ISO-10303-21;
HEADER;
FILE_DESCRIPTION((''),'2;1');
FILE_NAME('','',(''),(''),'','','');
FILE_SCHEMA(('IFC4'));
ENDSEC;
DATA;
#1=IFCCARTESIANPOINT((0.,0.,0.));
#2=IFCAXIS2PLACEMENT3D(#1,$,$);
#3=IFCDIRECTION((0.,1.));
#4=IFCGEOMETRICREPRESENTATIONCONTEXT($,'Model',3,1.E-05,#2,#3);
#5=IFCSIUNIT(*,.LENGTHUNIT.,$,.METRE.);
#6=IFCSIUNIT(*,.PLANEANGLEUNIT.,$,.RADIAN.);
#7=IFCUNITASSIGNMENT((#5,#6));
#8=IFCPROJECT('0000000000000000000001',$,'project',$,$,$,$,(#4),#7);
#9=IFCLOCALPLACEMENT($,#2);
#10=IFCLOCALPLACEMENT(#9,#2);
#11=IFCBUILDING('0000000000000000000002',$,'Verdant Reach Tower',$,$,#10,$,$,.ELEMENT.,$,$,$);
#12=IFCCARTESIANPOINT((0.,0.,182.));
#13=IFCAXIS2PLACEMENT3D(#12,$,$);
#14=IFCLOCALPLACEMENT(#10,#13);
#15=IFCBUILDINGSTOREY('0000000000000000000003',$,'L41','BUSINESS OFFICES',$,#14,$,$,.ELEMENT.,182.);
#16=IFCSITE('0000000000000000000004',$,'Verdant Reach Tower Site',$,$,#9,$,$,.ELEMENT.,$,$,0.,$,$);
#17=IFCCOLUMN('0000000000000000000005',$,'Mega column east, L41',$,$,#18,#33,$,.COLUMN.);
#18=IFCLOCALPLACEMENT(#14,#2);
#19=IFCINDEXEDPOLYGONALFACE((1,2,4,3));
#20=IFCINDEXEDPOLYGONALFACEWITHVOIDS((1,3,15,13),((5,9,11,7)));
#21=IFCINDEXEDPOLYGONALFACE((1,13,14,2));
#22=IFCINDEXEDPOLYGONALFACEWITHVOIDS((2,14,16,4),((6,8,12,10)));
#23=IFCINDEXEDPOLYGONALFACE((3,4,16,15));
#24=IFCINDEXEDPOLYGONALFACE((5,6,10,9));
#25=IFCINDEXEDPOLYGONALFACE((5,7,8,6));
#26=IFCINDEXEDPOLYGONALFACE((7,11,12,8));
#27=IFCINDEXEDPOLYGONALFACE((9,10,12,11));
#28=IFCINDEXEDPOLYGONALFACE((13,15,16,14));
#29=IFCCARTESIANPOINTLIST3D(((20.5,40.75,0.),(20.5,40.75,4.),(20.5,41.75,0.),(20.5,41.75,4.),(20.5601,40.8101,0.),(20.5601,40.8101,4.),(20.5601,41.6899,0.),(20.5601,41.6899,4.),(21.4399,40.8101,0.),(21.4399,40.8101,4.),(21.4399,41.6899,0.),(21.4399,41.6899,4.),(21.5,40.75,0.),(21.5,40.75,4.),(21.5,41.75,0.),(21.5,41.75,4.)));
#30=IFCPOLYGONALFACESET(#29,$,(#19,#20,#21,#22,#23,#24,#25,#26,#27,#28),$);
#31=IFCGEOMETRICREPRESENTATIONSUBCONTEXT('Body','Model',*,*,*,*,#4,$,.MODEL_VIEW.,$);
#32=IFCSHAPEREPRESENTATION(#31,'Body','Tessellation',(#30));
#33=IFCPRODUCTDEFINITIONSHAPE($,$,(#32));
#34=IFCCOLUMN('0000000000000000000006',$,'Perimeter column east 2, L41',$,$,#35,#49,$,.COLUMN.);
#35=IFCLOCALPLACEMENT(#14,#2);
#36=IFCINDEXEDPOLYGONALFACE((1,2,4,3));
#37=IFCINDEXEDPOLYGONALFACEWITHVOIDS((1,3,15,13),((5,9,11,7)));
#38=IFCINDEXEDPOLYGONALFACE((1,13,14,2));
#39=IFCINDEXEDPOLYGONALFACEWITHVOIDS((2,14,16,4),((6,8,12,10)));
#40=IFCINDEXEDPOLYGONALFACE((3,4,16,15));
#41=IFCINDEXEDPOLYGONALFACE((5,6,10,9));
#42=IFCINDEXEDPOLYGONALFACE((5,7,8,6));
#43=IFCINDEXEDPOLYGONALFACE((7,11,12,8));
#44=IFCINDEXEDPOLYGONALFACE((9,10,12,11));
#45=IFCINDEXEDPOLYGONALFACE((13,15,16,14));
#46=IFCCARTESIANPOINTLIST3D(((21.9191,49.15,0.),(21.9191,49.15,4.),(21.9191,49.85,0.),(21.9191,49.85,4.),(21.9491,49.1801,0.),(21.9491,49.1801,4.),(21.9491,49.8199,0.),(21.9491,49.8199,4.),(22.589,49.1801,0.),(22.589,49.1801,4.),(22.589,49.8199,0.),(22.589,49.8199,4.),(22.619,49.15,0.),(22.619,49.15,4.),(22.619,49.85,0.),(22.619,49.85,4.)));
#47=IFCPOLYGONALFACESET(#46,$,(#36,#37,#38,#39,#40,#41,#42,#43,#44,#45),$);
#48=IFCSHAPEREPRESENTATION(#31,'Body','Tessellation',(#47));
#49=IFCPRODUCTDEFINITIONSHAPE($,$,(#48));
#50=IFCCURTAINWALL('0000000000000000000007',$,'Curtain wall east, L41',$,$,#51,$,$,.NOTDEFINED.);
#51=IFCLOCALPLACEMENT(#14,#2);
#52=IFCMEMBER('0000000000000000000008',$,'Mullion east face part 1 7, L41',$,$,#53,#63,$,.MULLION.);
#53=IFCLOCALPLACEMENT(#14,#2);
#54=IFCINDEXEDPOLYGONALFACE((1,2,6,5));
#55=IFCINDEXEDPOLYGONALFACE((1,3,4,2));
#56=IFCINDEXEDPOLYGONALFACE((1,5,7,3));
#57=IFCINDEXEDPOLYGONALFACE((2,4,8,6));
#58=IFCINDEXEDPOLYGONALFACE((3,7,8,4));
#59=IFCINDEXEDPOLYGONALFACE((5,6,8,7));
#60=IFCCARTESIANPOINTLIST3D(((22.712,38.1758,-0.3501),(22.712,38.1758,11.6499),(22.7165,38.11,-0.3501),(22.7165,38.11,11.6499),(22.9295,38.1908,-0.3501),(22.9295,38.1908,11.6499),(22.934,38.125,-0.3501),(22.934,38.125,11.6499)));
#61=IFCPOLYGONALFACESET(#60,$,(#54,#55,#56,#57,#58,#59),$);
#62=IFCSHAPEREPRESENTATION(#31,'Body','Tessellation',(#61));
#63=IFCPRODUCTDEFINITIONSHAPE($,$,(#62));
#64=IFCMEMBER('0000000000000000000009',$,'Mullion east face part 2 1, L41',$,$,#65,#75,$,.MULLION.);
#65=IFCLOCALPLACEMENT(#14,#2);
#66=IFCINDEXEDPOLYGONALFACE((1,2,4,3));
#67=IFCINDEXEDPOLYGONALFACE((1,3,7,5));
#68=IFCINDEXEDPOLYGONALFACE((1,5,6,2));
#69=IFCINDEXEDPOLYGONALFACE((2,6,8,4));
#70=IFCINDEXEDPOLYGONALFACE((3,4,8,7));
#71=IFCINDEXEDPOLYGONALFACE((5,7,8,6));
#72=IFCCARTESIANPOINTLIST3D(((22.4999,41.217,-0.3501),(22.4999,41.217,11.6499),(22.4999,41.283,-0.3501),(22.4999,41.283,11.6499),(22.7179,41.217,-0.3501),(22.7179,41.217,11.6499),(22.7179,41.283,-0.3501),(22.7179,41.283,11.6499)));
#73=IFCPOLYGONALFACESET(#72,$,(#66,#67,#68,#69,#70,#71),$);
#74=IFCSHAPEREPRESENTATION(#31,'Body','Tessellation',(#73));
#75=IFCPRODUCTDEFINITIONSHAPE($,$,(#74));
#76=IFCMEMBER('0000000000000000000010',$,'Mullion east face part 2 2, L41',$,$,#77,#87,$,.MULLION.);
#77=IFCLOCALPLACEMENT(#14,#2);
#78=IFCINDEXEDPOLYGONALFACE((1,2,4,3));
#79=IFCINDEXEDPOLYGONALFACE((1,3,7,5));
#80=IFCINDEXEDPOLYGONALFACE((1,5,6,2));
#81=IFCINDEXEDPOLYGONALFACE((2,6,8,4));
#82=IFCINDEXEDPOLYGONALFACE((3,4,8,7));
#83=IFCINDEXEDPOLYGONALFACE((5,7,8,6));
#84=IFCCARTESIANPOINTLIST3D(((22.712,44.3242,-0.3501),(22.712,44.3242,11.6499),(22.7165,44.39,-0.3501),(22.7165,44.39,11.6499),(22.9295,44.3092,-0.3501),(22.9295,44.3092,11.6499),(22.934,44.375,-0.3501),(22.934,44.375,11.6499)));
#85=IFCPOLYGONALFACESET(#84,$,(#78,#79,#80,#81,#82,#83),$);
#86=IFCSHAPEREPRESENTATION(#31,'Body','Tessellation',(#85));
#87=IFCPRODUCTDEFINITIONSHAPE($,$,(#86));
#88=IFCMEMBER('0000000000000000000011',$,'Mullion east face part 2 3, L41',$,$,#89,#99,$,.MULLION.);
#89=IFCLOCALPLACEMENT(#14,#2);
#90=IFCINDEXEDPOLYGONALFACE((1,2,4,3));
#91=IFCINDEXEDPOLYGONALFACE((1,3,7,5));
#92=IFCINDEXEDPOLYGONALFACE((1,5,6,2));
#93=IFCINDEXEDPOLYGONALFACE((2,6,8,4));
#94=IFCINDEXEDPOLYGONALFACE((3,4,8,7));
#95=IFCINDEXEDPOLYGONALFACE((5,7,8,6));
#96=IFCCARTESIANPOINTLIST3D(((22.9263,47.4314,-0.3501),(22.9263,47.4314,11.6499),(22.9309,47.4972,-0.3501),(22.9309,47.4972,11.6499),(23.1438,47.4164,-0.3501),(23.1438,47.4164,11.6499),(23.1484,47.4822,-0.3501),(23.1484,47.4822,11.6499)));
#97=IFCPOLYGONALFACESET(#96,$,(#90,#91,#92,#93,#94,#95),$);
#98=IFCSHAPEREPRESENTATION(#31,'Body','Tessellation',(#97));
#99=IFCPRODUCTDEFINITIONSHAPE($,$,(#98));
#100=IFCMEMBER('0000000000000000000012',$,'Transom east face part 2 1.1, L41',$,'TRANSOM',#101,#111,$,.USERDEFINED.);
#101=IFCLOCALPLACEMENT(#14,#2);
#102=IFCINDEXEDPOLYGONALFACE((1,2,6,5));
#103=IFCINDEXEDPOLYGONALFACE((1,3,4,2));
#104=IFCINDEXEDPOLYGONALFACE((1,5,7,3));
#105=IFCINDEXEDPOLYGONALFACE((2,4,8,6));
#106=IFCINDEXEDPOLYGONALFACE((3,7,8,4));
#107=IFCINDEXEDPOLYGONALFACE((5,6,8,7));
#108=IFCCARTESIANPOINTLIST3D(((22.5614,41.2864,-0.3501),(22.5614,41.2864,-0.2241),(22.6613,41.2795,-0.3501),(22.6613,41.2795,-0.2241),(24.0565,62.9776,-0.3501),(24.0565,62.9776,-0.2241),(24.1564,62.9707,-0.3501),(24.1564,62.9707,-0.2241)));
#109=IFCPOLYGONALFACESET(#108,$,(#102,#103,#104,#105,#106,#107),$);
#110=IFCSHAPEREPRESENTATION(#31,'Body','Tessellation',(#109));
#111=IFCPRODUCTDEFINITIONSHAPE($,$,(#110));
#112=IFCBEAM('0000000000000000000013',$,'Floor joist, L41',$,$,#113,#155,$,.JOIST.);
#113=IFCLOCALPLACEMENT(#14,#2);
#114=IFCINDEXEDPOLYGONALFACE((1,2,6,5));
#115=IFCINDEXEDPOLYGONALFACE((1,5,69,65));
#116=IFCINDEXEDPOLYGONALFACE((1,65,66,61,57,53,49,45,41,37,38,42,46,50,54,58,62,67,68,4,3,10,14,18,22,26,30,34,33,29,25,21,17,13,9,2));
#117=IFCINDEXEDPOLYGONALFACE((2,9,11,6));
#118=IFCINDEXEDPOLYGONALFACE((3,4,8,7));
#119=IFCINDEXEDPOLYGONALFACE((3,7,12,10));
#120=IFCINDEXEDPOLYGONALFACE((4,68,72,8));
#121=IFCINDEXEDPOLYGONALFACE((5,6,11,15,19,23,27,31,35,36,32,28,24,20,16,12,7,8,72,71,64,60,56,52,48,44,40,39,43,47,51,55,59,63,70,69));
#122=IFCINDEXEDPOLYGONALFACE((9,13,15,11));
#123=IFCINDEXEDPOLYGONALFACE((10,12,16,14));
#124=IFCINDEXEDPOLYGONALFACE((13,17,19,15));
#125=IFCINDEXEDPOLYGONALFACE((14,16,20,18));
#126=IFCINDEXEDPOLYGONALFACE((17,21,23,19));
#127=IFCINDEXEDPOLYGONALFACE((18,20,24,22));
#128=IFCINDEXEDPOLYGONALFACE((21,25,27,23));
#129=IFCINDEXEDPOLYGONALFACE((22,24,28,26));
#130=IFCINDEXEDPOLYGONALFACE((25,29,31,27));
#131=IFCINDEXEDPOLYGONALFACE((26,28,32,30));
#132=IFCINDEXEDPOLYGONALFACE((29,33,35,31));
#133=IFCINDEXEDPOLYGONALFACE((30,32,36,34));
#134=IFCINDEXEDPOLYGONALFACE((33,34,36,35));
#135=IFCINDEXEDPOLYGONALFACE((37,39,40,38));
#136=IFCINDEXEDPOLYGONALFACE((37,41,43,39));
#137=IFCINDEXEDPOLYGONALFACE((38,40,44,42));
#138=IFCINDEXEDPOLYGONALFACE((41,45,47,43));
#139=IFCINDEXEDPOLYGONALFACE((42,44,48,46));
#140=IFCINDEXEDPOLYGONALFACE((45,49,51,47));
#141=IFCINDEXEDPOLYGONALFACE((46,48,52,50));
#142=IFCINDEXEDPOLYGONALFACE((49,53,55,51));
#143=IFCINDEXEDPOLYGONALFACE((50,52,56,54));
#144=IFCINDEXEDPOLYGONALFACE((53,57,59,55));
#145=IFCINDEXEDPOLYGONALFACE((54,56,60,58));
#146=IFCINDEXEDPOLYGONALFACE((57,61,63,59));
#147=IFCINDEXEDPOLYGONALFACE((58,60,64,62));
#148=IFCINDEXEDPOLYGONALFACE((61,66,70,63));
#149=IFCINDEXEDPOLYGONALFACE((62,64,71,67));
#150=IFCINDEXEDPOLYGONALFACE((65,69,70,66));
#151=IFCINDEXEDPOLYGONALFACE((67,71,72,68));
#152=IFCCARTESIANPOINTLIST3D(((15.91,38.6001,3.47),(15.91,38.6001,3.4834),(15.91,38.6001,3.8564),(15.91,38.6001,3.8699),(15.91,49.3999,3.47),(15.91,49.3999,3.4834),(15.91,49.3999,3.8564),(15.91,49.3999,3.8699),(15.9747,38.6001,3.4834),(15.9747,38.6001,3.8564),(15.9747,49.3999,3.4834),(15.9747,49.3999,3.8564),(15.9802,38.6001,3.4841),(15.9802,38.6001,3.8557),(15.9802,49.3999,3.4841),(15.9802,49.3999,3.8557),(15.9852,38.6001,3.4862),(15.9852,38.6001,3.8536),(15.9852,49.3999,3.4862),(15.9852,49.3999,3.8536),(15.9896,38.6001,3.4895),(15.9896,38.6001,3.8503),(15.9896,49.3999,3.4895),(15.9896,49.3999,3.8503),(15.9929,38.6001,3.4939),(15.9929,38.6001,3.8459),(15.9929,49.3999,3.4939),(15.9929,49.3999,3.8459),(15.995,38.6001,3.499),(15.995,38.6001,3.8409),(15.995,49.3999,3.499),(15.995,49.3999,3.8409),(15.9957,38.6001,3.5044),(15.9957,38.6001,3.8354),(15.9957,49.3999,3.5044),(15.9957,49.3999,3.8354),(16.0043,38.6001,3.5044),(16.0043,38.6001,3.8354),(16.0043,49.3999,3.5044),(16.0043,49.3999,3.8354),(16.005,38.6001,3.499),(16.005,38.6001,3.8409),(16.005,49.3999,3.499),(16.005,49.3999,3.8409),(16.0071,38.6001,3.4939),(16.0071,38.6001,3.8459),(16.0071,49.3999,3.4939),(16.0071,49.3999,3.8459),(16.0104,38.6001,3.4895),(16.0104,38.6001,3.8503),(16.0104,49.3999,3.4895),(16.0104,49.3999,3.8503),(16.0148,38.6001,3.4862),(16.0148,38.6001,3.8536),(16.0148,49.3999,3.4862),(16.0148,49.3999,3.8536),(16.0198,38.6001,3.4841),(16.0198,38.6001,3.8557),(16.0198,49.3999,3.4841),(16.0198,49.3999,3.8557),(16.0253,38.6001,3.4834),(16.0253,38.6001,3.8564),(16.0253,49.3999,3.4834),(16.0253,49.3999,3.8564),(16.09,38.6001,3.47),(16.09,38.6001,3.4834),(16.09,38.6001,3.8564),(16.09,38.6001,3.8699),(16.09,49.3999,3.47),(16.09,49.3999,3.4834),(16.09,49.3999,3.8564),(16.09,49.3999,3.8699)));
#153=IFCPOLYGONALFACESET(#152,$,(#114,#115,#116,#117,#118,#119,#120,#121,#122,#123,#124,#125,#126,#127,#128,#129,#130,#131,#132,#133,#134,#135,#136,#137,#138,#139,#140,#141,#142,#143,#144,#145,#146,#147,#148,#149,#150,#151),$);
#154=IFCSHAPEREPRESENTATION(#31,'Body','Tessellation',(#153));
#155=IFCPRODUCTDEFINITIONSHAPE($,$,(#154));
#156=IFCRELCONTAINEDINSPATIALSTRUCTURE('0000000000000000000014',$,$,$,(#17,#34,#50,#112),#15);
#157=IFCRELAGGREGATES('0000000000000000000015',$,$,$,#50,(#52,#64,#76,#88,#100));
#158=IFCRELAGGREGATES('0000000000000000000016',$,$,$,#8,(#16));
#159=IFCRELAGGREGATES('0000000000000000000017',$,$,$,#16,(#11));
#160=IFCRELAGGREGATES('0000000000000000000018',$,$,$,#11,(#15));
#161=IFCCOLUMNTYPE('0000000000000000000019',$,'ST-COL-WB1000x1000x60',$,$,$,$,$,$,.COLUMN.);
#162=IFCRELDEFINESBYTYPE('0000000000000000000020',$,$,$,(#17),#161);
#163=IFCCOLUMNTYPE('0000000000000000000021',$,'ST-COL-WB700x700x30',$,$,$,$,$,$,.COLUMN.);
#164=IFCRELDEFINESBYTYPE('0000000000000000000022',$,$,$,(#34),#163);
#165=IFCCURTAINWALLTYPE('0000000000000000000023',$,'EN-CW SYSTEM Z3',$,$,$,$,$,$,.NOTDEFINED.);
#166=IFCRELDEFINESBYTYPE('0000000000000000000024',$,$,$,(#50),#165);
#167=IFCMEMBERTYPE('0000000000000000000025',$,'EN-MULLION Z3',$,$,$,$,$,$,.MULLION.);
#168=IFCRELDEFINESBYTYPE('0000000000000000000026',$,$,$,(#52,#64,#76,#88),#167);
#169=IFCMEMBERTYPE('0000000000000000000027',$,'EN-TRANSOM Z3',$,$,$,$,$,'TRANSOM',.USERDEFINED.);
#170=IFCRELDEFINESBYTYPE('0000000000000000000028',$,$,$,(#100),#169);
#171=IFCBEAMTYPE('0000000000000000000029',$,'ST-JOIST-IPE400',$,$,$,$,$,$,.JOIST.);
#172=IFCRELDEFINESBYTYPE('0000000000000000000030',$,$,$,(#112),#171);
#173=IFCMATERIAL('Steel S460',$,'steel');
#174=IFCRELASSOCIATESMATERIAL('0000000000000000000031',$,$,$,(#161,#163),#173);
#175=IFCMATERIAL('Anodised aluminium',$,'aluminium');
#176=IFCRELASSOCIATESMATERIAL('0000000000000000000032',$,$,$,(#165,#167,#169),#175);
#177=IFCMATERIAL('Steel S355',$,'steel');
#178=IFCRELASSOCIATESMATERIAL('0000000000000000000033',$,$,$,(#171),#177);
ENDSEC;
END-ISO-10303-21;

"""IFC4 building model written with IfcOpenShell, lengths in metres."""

from ifc_helpers import new_model, si_unit, direction, frame, origin, origin_2d, place, context, subcontext, project, spatial, rectangle, hollow_rectangle, i_section, extrude, material, material_profile, profile_set, type_object, element, aggregate, save


model = new_model("IFC4")

# Units and contexts
model_context = context("Model", 3, precision=1e-05, world=origin(), true_north=direction((0.0, 1.0)))
body_context = subcontext(model_context, "Body", "Model", "MODEL_VIEW")
ifc_project = project(units=[si_unit("LENGTHUNIT", "METRE"), si_unit("PLANEANGLEUNIT", "RADIAN")], contexts=[model_context])

# Site, building, storey
site_placement = place(None, origin())
site = spatial("IfcSite", under=ifc_project, at=site_placement, Name="Verdant Reach Tower Site", CompositionType="ELEMENT", RefElevation=0.0)
building_placement = place(site_placement, origin())
building = spatial("IfcBuilding", under=site, at=building_placement, Name="Verdant Reach Tower", CompositionType="ELEMENT")
storey_placement = place(building_placement, frame((0.0, 0.0, 182.0)))
storey = spatial("IfcBuildingStorey", under=building, at=storey_placement, Name="L41", Description="BUSINESS OFFICES", CompositionType="ELEMENT", Elevation=182.0)

# Columns
ifc_material_1 = material(Name="Steel S460", Category="steel")
ifc_material_profile_1 = material_profile(ifc_material_1, hollow_rectangle(XDim=1.0, YDim=1.0, WallThickness=0.0601, at=origin_2d()), Name="WB 1000x1000x60")
ifc_profile_set_1 = profile_set([ifc_material_profile_1], Name="Steel S460")
column_type_1 = type_object("IfcColumnType", Name="ST-COL-WB1000x1000x60", PredefinedType="COLUMN", material=ifc_profile_set_1)
column_1_placement = place(storey_placement, frame((21.0, 41.25, 0.0), z_axis=(0.0, 0.0, 1.0), x_axis=(1.0, 0.0, 0.0)))
element("IfcColumn", 1, at=column_1_placement, inside=storey, type_object=column_type_1, Name="Mega column east, L41", PredefinedType="COLUMN", context=body_context, shape_type="SweptSolid", body=[
    extrude(hollow_rectangle(XDim=1.0, YDim=1.0, WallThickness=0.0601, at=origin_2d()), origin(), (0.0, 0.0, 1.0), 4.0),
])
ifc_material_profile_2 = material_profile(ifc_material_1, hollow_rectangle(XDim=0.7, YDim=0.7, WallThickness=0.03, at=origin_2d()), Name="WB 700x700x30")
ifc_profile_set_2 = profile_set([ifc_material_profile_2], Name="Steel S460")
column_type_2 = type_object("IfcColumnType", Name="ST-COL-WB700x700x30", PredefinedType="COLUMN", material=ifc_profile_set_2)
column_2_placement = place(storey_placement, frame((22.269, 49.5, 0.0), z_axis=(0.0, 0.0, 1.0), x_axis=(1.0, 0.0, 0.0)))
element("IfcColumn", 2, at=column_2_placement, inside=storey, type_object=column_type_2, Name="Perimeter column east 2, L41", PredefinedType="COLUMN", context=body_context, shape_type="SweptSolid", body=[
    extrude(hollow_rectangle(XDim=0.7, YDim=0.7, WallThickness=0.03, at=origin_2d()), origin(), (0.0, 0.0, 1.0), 4.0),
])

# Curtain wall, members
ifc_material_2 = material(Name="Anodised aluminium", Category="aluminium")
curtain_wall_type = type_object("IfcCurtainWallType", Name="EN-CW SYSTEM Z3", PredefinedType="NOTDEFINED", material=ifc_material_2)
curtain_wall_placement = place(storey_placement, origin())
curtain_wall = element("IfcCurtainWall", 3, at=curtain_wall_placement, inside=storey, type_object=curtain_wall_type, Name="Curtain wall east, L41", PredefinedType="NOTDEFINED")
ifc_material_profile_3 = material_profile(ifc_material_2, rectangle(XDim=0.218, YDim=0.0659, at=origin_2d()), Name="Mullion 66x218")
ifc_profile_set_3 = profile_set([ifc_material_profile_3], Name="Anodised aluminium")
member_type_1 = type_object("IfcMemberType", Name="EN-MULLION Z3", PredefinedType="MULLION", material=ifc_profile_set_3)
member_1_placement = place(storey_placement, frame((22.823, 38.1504, -0.3501), z_axis=(0.0, 0.0, 1.0), x_axis=(0.99763, 0.068802, 0.0)))
member_1 = element("IfcMember", 4, at=member_1_placement, type_object=member_type_1, Name="Mullion east face part 1 7, L41", PredefinedType="MULLION", context=body_context, shape_type="SweptSolid", body=[
    extrude(rectangle(XDim=0.218, YDim=0.0659, at=origin_2d()), origin(), (0.0, 0.0, 1.0), 12.0),
])
member_2_placement = place(storey_placement, frame((22.6089, 41.25, -0.3501), z_axis=(0.0, 0.0, 1.0), x_axis=(1.0, 0.0, 0.0)))
member_2 = element("IfcMember", 5, at=member_2_placement, type_object=member_type_1, Name="Mullion east face part 2 1, L41", PredefinedType="MULLION", context=body_context, shape_type="SweptSolid", body=[
    extrude(rectangle(XDim=0.218, YDim=0.0659, at=origin_2d()), origin(), (0.0, 0.0, 1.0), 12.0),
])
member_3_placement = place(storey_placement, frame((22.823, 44.3496, -0.3501), z_axis=(0.0, 0.0, 1.0), x_axis=(0.99763, -0.068802, 0.0)))
member_3 = element("IfcMember", 6, at=member_3_placement, type_object=member_type_1, Name="Mullion east face part 2 2, L41", PredefinedType="MULLION", context=body_context, shape_type="SweptSolid", body=[
    extrude(rectangle(XDim=0.218, YDim=0.0659, at=origin_2d()), origin(), (0.0, 0.0, 1.0), 12.0),
])
member_4_placement = place(storey_placement, frame((23.0374, 47.4568, -0.3501), z_axis=(0.0, 0.0, 1.0), x_axis=(0.99763, -0.068802, 0.0)))
member_4 = element("IfcMember", 7, at=member_4_placement, type_object=member_type_1, Name="Mullion east face part 2 3, L41", PredefinedType="MULLION", context=body_context, shape_type="SweptSolid", body=[
    extrude(rectangle(XDim=0.218, YDim=0.0659, at=origin_2d()), origin(), (0.0, 0.0, 1.0), 12.0),
])
ifc_material_profile_4 = material_profile(ifc_material_2, rectangle(XDim=0.1001, YDim=0.126, at=origin_2d()), Name="Transom 126x100")
ifc_profile_set_4 = profile_set([ifc_material_profile_4], Name="Anodised aluminium")
member_type_2 = type_object("IfcMemberType", Name="EN-TRANSOM Z3", ElementType="TRANSOM", PredefinedType="USERDEFINED", material=ifc_profile_set_4)
member_5_placement = place(storey_placement, frame((22.6113, 41.283, -0.2871), z_axis=(0.068764, 0.997633, 0.0), x_axis=(-0.997633, 0.068764, 0.0)))
member_5 = element("IfcMember", 8, at=member_5_placement, type_object=member_type_2, Name="Transom east face part 2 1.1, L41", ObjectType="TRANSOM", PredefinedType="USERDEFINED", context=body_context, shape_type="SweptSolid", body=[
    extrude(rectangle(XDim=0.1001, YDim=0.126, at=origin_2d()), origin(), (0.0, 0.0, 1.0), 21.7427),
])

# Beam
ifc_material_3 = material(Name="Steel S355", Category="steel")
ifc_material_profile_5 = material_profile(ifc_material_3, i_section(OverallWidth=0.1799, OverallDepth=0.3999, WebThickness=0.0085, FlangeThickness=0.0134, FilletRadius=0.021, at=origin_2d()), Name="IPE 400")
ifc_profile_set_5 = profile_set([ifc_material_profile_5], Name="Steel S355")
beam_type_1 = type_object("IfcBeamType", Name="ST-JOIST-IPE400", PredefinedType="JOIST", material=ifc_profile_set_5)
for number, where, z_axis, x_axis, name in (
    (9, (16.0, 38.6001, 3.6699), (0.0, 1.0, 0.0), (-1.0, 0.0, 0.0), "Floor joist, L41"),
):
    element("IfcBeam", number, at=place(storey_placement, frame(where, z_axis=z_axis, x_axis=x_axis)), inside=storey, type_object=beam_type_1, Name=name, PredefinedType="JOIST", context=body_context, shape_type="SweptSolid", body=[
        extrude(i_section(OverallWidth=0.1799, OverallDepth=0.3999, WebThickness=0.0085, FlangeThickness=0.0134, FilletRadius=0.021, at=origin_2d()), origin(), (0.0, 0.0, 1.0), 10.7998),
    ])

aggregate(curtain_wall, [member_1, member_2, member_3, member_4, member_5])

save(model, "model.ifc")
